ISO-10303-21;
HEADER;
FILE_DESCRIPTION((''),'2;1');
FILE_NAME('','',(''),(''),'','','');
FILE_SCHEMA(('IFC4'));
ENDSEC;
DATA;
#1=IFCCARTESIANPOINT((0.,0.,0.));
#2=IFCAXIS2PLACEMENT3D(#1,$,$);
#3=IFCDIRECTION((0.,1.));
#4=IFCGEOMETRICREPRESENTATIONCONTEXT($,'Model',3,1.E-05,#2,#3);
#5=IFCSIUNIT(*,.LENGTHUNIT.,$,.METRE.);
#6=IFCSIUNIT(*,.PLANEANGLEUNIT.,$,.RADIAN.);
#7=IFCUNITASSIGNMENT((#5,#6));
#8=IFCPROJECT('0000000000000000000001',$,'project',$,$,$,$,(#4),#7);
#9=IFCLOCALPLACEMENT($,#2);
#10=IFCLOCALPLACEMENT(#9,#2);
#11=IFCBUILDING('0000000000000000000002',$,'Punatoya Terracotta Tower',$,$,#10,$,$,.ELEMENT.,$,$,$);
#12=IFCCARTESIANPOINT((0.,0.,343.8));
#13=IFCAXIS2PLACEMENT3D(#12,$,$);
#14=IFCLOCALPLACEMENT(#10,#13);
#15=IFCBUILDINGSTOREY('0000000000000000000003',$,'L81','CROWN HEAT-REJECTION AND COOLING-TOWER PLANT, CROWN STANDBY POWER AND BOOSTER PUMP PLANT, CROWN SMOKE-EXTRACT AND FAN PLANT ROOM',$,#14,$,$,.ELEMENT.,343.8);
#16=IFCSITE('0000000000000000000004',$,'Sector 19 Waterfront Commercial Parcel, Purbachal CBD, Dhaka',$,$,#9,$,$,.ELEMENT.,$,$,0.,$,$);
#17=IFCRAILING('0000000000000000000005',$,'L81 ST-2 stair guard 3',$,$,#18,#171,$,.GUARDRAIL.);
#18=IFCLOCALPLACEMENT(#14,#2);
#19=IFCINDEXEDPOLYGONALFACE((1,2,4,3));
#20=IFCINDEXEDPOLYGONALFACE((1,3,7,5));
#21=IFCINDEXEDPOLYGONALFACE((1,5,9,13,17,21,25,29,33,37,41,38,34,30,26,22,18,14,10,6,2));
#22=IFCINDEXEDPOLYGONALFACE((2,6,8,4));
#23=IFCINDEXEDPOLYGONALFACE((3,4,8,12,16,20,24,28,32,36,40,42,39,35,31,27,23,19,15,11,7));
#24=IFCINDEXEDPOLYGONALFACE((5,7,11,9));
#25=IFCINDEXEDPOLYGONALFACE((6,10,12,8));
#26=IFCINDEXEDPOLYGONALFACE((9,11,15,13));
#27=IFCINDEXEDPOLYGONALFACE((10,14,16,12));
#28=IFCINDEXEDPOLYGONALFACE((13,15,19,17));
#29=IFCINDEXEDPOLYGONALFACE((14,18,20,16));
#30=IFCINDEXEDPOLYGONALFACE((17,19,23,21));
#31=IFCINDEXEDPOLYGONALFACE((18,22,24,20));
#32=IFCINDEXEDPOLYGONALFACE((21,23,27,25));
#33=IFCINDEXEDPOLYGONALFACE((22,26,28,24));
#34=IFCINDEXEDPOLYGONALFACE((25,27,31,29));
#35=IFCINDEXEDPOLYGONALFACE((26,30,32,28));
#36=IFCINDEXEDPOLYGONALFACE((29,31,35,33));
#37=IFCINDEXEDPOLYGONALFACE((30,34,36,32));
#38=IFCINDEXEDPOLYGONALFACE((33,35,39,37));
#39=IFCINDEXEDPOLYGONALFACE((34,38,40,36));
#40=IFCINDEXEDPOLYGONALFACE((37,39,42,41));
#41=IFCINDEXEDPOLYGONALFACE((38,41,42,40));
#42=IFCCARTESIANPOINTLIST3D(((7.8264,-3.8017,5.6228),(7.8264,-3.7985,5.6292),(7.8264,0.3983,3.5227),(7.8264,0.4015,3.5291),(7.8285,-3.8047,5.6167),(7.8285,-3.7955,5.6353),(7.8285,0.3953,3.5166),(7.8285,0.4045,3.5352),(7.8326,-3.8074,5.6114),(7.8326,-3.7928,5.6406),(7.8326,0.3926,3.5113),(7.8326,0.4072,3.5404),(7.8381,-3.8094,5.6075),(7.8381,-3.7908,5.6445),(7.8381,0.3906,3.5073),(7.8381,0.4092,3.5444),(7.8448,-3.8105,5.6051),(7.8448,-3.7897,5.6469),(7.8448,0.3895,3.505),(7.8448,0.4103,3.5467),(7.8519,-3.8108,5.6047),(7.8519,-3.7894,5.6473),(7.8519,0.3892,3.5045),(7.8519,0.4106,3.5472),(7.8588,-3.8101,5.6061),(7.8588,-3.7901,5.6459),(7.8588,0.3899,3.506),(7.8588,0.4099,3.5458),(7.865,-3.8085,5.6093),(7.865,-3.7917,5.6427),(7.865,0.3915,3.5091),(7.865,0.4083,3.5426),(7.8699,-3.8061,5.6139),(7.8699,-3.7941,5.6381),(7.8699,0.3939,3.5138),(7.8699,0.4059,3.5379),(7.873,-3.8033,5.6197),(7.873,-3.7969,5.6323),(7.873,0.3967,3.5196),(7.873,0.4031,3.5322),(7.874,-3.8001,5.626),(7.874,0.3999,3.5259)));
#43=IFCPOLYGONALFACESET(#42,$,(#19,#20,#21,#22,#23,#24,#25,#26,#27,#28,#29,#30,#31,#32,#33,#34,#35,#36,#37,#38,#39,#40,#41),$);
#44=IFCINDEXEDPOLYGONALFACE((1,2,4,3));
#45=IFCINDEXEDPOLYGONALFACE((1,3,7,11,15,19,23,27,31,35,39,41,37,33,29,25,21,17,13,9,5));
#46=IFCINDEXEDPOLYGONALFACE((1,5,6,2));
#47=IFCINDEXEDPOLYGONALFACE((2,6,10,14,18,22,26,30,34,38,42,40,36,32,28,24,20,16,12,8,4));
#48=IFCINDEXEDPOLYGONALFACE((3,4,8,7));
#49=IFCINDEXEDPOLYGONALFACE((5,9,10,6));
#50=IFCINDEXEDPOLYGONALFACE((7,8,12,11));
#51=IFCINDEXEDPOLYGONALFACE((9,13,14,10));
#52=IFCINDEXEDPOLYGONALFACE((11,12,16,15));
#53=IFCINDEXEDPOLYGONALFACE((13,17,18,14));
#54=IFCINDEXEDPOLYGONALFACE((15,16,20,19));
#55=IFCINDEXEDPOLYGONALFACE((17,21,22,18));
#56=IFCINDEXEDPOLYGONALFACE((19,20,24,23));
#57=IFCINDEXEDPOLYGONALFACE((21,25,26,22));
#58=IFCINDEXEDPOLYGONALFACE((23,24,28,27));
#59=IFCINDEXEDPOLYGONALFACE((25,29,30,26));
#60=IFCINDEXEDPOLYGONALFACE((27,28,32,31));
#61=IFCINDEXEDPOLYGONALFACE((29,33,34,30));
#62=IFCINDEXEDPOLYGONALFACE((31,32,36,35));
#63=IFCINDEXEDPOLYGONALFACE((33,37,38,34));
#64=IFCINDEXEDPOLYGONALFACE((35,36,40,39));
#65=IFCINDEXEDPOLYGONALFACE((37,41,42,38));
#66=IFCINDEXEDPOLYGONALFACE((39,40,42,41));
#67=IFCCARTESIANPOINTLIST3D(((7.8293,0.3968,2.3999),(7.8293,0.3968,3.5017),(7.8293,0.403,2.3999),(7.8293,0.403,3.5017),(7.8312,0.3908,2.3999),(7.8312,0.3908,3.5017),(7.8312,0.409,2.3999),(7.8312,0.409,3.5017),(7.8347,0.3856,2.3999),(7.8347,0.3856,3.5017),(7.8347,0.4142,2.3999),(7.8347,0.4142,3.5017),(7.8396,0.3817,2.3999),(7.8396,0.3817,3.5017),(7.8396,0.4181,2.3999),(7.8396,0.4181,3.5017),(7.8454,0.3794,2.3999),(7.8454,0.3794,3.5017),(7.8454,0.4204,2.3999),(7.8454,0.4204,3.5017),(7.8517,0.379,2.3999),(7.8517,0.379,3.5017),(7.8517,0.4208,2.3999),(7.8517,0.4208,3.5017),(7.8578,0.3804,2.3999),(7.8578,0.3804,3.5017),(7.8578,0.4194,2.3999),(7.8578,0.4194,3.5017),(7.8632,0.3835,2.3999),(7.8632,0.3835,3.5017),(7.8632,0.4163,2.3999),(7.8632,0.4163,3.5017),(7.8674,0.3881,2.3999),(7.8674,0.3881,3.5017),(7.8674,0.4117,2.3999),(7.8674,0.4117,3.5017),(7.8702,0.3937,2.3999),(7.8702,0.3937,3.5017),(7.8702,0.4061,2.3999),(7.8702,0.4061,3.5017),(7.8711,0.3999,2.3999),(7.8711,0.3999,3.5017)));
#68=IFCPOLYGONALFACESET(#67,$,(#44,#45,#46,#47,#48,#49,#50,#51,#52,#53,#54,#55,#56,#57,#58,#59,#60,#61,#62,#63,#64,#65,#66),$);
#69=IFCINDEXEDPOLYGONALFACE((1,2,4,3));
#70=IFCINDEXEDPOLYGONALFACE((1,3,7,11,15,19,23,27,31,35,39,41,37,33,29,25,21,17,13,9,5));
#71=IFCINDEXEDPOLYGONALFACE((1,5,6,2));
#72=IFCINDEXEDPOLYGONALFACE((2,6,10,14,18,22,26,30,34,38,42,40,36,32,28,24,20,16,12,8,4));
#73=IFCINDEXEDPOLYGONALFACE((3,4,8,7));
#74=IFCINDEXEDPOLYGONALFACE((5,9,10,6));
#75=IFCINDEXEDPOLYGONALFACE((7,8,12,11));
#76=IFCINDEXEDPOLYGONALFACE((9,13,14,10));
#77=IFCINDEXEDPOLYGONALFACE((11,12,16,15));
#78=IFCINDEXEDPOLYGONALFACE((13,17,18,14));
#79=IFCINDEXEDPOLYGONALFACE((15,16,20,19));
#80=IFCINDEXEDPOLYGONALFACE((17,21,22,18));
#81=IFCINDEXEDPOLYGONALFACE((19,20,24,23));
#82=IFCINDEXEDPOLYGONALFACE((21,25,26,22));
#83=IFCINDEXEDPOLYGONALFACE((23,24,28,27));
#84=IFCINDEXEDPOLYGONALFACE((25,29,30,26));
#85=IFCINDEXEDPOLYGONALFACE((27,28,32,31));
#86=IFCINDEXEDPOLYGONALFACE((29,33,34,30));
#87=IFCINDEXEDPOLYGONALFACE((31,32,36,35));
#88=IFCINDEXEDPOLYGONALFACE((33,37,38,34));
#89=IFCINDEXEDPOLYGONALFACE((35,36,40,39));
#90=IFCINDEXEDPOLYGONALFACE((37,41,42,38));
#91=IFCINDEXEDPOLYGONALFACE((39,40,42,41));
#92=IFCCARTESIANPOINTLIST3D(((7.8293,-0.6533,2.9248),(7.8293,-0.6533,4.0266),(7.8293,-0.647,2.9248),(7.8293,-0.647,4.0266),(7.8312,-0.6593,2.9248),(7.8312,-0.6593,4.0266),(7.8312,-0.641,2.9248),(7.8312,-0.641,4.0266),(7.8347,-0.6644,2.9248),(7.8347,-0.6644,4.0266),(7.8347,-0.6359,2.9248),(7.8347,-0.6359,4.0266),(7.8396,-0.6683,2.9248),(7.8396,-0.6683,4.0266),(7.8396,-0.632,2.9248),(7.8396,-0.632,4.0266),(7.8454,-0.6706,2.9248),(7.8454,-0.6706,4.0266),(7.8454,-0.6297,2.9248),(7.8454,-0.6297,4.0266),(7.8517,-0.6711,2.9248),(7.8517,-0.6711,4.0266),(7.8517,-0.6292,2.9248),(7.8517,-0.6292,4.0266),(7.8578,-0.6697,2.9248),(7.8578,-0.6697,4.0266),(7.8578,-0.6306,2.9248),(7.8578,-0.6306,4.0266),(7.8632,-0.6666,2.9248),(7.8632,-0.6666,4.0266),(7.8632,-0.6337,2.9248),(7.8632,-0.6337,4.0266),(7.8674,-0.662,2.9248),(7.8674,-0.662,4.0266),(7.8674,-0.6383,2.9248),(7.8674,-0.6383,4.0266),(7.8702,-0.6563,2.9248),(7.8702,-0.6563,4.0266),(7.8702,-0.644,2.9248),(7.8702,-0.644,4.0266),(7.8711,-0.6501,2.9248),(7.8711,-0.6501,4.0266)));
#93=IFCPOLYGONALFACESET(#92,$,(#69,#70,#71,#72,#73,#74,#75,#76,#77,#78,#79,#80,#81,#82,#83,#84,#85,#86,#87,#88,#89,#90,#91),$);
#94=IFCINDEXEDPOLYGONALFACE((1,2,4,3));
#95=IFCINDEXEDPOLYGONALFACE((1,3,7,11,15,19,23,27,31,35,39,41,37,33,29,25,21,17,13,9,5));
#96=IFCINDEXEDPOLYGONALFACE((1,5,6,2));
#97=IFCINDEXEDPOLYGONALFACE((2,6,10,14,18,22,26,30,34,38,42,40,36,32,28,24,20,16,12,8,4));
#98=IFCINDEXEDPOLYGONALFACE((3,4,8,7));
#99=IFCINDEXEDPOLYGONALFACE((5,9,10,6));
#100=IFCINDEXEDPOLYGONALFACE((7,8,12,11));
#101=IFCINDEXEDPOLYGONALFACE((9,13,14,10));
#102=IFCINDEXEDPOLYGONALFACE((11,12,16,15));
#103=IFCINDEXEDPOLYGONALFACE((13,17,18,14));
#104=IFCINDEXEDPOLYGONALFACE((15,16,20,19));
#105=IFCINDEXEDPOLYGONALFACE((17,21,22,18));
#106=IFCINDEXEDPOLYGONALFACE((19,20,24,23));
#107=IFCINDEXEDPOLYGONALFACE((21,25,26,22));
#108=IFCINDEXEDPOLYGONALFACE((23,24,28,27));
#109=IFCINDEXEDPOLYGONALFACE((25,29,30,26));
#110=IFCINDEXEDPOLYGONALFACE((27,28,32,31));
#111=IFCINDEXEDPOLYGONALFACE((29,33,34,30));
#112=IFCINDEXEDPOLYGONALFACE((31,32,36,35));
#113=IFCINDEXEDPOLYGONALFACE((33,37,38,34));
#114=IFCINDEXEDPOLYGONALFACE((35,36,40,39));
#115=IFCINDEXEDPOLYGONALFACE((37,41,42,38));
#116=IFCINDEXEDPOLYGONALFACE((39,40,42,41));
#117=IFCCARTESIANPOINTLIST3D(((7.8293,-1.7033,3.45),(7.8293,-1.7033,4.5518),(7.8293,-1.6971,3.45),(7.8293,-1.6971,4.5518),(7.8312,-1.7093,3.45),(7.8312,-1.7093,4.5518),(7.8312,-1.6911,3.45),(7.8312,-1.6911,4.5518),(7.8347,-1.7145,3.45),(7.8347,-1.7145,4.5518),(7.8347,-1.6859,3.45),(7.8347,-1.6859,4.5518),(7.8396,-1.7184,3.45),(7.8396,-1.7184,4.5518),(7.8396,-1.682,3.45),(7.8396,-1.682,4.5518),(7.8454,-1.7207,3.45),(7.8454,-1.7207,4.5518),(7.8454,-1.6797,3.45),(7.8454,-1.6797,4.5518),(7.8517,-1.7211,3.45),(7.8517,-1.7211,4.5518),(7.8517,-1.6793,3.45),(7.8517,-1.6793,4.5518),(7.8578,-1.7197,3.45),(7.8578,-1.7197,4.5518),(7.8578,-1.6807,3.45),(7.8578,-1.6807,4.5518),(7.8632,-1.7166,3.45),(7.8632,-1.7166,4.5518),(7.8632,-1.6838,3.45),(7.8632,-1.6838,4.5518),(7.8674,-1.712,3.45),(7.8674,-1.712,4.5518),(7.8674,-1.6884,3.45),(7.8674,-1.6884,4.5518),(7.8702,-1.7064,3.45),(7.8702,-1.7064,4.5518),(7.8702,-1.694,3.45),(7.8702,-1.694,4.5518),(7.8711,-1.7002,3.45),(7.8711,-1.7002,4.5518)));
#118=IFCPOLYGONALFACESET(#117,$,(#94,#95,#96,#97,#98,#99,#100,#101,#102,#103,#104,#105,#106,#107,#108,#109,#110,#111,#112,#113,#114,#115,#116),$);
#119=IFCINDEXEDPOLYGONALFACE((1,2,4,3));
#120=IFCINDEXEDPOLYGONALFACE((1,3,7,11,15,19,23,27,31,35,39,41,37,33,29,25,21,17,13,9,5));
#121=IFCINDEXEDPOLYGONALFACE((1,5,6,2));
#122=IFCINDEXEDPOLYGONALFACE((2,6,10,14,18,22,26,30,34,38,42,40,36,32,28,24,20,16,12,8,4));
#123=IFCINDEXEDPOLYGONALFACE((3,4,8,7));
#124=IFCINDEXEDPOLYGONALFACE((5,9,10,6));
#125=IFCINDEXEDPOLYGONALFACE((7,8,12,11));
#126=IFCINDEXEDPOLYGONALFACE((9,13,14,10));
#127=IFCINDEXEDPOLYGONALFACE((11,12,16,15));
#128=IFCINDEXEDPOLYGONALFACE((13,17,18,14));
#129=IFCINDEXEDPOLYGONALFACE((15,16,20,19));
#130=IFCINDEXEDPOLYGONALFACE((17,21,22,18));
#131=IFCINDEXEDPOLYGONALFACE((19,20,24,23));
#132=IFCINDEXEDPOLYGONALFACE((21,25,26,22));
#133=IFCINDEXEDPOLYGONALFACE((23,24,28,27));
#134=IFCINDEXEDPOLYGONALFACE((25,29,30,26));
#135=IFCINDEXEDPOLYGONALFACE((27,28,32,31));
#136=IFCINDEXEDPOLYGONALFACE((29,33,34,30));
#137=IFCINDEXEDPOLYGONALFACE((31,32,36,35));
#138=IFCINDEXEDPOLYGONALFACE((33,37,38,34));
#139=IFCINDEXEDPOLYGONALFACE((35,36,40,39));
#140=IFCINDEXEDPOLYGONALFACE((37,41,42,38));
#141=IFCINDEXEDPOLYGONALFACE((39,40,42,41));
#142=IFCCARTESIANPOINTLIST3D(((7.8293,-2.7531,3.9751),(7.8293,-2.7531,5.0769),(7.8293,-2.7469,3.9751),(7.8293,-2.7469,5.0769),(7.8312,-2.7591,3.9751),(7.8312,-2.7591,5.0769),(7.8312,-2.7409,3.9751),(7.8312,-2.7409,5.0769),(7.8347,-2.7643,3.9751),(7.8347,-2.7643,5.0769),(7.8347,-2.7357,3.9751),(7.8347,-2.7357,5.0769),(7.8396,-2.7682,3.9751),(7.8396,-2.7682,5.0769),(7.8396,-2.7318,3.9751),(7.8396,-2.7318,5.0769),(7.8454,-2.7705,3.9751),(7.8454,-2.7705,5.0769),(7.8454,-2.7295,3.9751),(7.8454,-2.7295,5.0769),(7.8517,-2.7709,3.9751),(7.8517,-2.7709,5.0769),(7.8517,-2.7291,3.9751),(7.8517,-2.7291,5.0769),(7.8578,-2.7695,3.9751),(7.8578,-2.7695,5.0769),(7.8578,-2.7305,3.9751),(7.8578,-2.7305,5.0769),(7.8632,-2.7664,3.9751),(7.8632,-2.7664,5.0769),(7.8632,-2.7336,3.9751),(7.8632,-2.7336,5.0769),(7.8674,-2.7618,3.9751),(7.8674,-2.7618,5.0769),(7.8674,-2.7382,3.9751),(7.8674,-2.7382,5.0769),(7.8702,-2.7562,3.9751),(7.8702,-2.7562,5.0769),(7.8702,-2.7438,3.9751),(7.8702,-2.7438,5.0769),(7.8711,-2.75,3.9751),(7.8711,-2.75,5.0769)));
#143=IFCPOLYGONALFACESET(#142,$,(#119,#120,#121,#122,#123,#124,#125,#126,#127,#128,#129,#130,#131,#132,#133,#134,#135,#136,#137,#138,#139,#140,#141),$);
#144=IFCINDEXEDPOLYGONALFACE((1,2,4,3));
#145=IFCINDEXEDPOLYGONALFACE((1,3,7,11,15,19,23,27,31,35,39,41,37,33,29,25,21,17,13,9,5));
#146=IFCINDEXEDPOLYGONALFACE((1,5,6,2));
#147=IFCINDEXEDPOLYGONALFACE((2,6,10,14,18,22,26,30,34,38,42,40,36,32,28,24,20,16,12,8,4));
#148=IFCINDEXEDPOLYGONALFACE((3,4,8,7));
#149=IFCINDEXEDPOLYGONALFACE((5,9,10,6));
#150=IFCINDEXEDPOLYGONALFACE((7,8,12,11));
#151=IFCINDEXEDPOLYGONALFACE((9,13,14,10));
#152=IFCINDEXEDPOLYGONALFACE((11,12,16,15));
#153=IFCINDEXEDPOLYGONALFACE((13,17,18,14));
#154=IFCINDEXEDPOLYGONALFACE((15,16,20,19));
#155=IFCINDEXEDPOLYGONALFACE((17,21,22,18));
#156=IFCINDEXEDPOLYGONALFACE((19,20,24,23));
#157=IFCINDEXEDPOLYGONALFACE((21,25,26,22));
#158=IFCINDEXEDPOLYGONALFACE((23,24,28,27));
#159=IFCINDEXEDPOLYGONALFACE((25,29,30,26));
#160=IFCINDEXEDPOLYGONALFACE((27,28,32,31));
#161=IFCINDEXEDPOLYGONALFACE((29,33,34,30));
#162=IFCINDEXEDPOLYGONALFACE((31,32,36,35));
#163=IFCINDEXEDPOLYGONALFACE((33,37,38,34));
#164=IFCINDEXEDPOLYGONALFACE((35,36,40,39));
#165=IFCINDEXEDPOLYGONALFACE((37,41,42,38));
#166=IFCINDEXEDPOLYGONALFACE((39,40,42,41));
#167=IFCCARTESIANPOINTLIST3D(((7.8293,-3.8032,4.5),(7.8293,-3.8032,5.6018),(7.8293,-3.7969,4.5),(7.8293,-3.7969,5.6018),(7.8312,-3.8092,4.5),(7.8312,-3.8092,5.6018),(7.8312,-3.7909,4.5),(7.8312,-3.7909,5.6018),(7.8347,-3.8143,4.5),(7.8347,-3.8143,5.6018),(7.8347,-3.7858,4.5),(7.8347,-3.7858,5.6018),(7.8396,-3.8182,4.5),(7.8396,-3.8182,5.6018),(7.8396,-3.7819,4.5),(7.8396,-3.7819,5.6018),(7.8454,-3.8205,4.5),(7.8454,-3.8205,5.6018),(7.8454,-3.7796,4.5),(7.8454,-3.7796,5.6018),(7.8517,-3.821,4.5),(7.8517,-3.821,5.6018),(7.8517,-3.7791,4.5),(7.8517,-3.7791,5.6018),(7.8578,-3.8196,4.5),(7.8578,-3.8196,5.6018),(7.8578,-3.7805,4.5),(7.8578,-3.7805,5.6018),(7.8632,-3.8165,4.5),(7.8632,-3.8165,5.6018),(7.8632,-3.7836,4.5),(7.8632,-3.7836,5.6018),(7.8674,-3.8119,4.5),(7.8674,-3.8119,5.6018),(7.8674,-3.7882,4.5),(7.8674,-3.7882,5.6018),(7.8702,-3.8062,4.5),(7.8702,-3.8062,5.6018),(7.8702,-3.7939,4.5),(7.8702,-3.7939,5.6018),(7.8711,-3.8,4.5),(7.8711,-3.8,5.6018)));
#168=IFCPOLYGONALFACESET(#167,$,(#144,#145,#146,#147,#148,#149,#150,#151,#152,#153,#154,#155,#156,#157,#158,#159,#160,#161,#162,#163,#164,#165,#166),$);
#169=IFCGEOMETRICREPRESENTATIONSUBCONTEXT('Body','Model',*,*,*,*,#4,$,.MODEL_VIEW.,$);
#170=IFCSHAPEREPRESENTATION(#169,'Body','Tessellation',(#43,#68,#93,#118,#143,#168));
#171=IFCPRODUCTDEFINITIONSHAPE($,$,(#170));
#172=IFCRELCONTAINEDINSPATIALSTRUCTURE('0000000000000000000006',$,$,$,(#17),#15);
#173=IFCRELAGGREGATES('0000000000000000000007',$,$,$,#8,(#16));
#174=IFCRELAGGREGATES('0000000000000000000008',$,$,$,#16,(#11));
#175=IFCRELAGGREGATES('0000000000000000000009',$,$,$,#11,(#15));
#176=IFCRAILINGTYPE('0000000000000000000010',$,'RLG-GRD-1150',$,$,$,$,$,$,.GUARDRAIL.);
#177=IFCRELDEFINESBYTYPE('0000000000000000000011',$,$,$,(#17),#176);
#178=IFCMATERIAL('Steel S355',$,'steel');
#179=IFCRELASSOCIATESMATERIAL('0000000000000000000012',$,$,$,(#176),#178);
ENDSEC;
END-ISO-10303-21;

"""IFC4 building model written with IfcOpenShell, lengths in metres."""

from ifc_helpers import new_model, si_unit, direction, frame, origin, origin_2d, place, context, subcontext, project, spatial, circle, extrude, material, type_object, element, save


model = new_model("IFC4")

# Units and contexts
model_context = context("Model", 3, precision=1e-05, world=origin(), true_north=direction((0.0, 1.0)))
body_context = subcontext(model_context, "Body", "Model", "MODEL_VIEW")
ifc_project = project(units=[si_unit("LENGTHUNIT", "METRE"), si_unit("PLANEANGLEUNIT", "RADIAN")], contexts=[model_context])

# Site, building, storey
site_placement = place(None, origin())
site = spatial("IfcSite", under=ifc_project, at=site_placement, Name="Sector 19 Waterfront Commercial Parcel, Purbachal CBD, Dhaka", CompositionType="ELEMENT", RefElevation=0.0)
building_placement = place(site_placement, origin())
building = spatial("IfcBuilding", under=site, at=building_placement, Name="Punatoya Terracotta Tower", CompositionType="ELEMENT")
storey_placement = place(building_placement, frame((0.0, 0.0, 343.8)))
storey = spatial("IfcBuildingStorey", under=building, at=storey_placement, Name="L81", Description="CROWN HEAT-REJECTION AND COOLING-TOWER PLANT, CROWN STANDBY POWER AND BOOSTER PUMP PLANT, CROWN SMOKE-EXTRACT AND FAN PLANT ROOM", CompositionType="ELEMENT", Elevation=343.8)

# Shared definitions
ifc_material_1 = material(Name="Steel S355", Category="steel")

# Railing
railing_type_1 = type_object("IfcRailingType", Name="RLG-GRD-1150", PredefinedType="GUARDRAIL", material=ifc_material_1)
railing_1_placement = place(storey_placement, frame((7.8501, 0.3999, 2.3999)))
element("IfcRailing", 1, at=railing_1_placement, inside=storey, type_object=railing_type_1, Name="L81 ST-2 stair guard 3", PredefinedType="GUARDRAIL", context=body_context, shape_type="SweptSolid", body=[
    extrude(circle(Radius=0.0239, at=origin_2d()), frame((0.0, 0.0, 1.126), z_axis=(0.0, -0.894417, 0.447234), x_axis=(1.0, 0.0, 0.0)), (0.0, 0.0, 1.0), 4.6958),
    extrude(circle(Radius=0.021, at=origin_2d()), origin(), (0.0, 0.0, 1.0), 1.1018),
    extrude(circle(Radius=0.021, at=origin_2d()), frame((0.0, -1.05, 0.5249)), (0.0, 0.0, 1.0), 1.1018),
    extrude(circle(Radius=0.021, at=origin_2d()), frame((0.0, -2.1001, 1.05)), (0.0, 0.0, 1.0), 1.1018),
    extrude(circle(Radius=0.021, at=origin_2d()), frame((0.0, -3.1499, 1.5752)), (0.0, 0.0, 1.0), 1.1018),
    extrude(circle(Radius=0.021, at=origin_2d()), frame((0.0, -4.2, 2.1001)), (0.0, 0.0, 1.0), 1.1018),
])

save(model, "model.ifc")
